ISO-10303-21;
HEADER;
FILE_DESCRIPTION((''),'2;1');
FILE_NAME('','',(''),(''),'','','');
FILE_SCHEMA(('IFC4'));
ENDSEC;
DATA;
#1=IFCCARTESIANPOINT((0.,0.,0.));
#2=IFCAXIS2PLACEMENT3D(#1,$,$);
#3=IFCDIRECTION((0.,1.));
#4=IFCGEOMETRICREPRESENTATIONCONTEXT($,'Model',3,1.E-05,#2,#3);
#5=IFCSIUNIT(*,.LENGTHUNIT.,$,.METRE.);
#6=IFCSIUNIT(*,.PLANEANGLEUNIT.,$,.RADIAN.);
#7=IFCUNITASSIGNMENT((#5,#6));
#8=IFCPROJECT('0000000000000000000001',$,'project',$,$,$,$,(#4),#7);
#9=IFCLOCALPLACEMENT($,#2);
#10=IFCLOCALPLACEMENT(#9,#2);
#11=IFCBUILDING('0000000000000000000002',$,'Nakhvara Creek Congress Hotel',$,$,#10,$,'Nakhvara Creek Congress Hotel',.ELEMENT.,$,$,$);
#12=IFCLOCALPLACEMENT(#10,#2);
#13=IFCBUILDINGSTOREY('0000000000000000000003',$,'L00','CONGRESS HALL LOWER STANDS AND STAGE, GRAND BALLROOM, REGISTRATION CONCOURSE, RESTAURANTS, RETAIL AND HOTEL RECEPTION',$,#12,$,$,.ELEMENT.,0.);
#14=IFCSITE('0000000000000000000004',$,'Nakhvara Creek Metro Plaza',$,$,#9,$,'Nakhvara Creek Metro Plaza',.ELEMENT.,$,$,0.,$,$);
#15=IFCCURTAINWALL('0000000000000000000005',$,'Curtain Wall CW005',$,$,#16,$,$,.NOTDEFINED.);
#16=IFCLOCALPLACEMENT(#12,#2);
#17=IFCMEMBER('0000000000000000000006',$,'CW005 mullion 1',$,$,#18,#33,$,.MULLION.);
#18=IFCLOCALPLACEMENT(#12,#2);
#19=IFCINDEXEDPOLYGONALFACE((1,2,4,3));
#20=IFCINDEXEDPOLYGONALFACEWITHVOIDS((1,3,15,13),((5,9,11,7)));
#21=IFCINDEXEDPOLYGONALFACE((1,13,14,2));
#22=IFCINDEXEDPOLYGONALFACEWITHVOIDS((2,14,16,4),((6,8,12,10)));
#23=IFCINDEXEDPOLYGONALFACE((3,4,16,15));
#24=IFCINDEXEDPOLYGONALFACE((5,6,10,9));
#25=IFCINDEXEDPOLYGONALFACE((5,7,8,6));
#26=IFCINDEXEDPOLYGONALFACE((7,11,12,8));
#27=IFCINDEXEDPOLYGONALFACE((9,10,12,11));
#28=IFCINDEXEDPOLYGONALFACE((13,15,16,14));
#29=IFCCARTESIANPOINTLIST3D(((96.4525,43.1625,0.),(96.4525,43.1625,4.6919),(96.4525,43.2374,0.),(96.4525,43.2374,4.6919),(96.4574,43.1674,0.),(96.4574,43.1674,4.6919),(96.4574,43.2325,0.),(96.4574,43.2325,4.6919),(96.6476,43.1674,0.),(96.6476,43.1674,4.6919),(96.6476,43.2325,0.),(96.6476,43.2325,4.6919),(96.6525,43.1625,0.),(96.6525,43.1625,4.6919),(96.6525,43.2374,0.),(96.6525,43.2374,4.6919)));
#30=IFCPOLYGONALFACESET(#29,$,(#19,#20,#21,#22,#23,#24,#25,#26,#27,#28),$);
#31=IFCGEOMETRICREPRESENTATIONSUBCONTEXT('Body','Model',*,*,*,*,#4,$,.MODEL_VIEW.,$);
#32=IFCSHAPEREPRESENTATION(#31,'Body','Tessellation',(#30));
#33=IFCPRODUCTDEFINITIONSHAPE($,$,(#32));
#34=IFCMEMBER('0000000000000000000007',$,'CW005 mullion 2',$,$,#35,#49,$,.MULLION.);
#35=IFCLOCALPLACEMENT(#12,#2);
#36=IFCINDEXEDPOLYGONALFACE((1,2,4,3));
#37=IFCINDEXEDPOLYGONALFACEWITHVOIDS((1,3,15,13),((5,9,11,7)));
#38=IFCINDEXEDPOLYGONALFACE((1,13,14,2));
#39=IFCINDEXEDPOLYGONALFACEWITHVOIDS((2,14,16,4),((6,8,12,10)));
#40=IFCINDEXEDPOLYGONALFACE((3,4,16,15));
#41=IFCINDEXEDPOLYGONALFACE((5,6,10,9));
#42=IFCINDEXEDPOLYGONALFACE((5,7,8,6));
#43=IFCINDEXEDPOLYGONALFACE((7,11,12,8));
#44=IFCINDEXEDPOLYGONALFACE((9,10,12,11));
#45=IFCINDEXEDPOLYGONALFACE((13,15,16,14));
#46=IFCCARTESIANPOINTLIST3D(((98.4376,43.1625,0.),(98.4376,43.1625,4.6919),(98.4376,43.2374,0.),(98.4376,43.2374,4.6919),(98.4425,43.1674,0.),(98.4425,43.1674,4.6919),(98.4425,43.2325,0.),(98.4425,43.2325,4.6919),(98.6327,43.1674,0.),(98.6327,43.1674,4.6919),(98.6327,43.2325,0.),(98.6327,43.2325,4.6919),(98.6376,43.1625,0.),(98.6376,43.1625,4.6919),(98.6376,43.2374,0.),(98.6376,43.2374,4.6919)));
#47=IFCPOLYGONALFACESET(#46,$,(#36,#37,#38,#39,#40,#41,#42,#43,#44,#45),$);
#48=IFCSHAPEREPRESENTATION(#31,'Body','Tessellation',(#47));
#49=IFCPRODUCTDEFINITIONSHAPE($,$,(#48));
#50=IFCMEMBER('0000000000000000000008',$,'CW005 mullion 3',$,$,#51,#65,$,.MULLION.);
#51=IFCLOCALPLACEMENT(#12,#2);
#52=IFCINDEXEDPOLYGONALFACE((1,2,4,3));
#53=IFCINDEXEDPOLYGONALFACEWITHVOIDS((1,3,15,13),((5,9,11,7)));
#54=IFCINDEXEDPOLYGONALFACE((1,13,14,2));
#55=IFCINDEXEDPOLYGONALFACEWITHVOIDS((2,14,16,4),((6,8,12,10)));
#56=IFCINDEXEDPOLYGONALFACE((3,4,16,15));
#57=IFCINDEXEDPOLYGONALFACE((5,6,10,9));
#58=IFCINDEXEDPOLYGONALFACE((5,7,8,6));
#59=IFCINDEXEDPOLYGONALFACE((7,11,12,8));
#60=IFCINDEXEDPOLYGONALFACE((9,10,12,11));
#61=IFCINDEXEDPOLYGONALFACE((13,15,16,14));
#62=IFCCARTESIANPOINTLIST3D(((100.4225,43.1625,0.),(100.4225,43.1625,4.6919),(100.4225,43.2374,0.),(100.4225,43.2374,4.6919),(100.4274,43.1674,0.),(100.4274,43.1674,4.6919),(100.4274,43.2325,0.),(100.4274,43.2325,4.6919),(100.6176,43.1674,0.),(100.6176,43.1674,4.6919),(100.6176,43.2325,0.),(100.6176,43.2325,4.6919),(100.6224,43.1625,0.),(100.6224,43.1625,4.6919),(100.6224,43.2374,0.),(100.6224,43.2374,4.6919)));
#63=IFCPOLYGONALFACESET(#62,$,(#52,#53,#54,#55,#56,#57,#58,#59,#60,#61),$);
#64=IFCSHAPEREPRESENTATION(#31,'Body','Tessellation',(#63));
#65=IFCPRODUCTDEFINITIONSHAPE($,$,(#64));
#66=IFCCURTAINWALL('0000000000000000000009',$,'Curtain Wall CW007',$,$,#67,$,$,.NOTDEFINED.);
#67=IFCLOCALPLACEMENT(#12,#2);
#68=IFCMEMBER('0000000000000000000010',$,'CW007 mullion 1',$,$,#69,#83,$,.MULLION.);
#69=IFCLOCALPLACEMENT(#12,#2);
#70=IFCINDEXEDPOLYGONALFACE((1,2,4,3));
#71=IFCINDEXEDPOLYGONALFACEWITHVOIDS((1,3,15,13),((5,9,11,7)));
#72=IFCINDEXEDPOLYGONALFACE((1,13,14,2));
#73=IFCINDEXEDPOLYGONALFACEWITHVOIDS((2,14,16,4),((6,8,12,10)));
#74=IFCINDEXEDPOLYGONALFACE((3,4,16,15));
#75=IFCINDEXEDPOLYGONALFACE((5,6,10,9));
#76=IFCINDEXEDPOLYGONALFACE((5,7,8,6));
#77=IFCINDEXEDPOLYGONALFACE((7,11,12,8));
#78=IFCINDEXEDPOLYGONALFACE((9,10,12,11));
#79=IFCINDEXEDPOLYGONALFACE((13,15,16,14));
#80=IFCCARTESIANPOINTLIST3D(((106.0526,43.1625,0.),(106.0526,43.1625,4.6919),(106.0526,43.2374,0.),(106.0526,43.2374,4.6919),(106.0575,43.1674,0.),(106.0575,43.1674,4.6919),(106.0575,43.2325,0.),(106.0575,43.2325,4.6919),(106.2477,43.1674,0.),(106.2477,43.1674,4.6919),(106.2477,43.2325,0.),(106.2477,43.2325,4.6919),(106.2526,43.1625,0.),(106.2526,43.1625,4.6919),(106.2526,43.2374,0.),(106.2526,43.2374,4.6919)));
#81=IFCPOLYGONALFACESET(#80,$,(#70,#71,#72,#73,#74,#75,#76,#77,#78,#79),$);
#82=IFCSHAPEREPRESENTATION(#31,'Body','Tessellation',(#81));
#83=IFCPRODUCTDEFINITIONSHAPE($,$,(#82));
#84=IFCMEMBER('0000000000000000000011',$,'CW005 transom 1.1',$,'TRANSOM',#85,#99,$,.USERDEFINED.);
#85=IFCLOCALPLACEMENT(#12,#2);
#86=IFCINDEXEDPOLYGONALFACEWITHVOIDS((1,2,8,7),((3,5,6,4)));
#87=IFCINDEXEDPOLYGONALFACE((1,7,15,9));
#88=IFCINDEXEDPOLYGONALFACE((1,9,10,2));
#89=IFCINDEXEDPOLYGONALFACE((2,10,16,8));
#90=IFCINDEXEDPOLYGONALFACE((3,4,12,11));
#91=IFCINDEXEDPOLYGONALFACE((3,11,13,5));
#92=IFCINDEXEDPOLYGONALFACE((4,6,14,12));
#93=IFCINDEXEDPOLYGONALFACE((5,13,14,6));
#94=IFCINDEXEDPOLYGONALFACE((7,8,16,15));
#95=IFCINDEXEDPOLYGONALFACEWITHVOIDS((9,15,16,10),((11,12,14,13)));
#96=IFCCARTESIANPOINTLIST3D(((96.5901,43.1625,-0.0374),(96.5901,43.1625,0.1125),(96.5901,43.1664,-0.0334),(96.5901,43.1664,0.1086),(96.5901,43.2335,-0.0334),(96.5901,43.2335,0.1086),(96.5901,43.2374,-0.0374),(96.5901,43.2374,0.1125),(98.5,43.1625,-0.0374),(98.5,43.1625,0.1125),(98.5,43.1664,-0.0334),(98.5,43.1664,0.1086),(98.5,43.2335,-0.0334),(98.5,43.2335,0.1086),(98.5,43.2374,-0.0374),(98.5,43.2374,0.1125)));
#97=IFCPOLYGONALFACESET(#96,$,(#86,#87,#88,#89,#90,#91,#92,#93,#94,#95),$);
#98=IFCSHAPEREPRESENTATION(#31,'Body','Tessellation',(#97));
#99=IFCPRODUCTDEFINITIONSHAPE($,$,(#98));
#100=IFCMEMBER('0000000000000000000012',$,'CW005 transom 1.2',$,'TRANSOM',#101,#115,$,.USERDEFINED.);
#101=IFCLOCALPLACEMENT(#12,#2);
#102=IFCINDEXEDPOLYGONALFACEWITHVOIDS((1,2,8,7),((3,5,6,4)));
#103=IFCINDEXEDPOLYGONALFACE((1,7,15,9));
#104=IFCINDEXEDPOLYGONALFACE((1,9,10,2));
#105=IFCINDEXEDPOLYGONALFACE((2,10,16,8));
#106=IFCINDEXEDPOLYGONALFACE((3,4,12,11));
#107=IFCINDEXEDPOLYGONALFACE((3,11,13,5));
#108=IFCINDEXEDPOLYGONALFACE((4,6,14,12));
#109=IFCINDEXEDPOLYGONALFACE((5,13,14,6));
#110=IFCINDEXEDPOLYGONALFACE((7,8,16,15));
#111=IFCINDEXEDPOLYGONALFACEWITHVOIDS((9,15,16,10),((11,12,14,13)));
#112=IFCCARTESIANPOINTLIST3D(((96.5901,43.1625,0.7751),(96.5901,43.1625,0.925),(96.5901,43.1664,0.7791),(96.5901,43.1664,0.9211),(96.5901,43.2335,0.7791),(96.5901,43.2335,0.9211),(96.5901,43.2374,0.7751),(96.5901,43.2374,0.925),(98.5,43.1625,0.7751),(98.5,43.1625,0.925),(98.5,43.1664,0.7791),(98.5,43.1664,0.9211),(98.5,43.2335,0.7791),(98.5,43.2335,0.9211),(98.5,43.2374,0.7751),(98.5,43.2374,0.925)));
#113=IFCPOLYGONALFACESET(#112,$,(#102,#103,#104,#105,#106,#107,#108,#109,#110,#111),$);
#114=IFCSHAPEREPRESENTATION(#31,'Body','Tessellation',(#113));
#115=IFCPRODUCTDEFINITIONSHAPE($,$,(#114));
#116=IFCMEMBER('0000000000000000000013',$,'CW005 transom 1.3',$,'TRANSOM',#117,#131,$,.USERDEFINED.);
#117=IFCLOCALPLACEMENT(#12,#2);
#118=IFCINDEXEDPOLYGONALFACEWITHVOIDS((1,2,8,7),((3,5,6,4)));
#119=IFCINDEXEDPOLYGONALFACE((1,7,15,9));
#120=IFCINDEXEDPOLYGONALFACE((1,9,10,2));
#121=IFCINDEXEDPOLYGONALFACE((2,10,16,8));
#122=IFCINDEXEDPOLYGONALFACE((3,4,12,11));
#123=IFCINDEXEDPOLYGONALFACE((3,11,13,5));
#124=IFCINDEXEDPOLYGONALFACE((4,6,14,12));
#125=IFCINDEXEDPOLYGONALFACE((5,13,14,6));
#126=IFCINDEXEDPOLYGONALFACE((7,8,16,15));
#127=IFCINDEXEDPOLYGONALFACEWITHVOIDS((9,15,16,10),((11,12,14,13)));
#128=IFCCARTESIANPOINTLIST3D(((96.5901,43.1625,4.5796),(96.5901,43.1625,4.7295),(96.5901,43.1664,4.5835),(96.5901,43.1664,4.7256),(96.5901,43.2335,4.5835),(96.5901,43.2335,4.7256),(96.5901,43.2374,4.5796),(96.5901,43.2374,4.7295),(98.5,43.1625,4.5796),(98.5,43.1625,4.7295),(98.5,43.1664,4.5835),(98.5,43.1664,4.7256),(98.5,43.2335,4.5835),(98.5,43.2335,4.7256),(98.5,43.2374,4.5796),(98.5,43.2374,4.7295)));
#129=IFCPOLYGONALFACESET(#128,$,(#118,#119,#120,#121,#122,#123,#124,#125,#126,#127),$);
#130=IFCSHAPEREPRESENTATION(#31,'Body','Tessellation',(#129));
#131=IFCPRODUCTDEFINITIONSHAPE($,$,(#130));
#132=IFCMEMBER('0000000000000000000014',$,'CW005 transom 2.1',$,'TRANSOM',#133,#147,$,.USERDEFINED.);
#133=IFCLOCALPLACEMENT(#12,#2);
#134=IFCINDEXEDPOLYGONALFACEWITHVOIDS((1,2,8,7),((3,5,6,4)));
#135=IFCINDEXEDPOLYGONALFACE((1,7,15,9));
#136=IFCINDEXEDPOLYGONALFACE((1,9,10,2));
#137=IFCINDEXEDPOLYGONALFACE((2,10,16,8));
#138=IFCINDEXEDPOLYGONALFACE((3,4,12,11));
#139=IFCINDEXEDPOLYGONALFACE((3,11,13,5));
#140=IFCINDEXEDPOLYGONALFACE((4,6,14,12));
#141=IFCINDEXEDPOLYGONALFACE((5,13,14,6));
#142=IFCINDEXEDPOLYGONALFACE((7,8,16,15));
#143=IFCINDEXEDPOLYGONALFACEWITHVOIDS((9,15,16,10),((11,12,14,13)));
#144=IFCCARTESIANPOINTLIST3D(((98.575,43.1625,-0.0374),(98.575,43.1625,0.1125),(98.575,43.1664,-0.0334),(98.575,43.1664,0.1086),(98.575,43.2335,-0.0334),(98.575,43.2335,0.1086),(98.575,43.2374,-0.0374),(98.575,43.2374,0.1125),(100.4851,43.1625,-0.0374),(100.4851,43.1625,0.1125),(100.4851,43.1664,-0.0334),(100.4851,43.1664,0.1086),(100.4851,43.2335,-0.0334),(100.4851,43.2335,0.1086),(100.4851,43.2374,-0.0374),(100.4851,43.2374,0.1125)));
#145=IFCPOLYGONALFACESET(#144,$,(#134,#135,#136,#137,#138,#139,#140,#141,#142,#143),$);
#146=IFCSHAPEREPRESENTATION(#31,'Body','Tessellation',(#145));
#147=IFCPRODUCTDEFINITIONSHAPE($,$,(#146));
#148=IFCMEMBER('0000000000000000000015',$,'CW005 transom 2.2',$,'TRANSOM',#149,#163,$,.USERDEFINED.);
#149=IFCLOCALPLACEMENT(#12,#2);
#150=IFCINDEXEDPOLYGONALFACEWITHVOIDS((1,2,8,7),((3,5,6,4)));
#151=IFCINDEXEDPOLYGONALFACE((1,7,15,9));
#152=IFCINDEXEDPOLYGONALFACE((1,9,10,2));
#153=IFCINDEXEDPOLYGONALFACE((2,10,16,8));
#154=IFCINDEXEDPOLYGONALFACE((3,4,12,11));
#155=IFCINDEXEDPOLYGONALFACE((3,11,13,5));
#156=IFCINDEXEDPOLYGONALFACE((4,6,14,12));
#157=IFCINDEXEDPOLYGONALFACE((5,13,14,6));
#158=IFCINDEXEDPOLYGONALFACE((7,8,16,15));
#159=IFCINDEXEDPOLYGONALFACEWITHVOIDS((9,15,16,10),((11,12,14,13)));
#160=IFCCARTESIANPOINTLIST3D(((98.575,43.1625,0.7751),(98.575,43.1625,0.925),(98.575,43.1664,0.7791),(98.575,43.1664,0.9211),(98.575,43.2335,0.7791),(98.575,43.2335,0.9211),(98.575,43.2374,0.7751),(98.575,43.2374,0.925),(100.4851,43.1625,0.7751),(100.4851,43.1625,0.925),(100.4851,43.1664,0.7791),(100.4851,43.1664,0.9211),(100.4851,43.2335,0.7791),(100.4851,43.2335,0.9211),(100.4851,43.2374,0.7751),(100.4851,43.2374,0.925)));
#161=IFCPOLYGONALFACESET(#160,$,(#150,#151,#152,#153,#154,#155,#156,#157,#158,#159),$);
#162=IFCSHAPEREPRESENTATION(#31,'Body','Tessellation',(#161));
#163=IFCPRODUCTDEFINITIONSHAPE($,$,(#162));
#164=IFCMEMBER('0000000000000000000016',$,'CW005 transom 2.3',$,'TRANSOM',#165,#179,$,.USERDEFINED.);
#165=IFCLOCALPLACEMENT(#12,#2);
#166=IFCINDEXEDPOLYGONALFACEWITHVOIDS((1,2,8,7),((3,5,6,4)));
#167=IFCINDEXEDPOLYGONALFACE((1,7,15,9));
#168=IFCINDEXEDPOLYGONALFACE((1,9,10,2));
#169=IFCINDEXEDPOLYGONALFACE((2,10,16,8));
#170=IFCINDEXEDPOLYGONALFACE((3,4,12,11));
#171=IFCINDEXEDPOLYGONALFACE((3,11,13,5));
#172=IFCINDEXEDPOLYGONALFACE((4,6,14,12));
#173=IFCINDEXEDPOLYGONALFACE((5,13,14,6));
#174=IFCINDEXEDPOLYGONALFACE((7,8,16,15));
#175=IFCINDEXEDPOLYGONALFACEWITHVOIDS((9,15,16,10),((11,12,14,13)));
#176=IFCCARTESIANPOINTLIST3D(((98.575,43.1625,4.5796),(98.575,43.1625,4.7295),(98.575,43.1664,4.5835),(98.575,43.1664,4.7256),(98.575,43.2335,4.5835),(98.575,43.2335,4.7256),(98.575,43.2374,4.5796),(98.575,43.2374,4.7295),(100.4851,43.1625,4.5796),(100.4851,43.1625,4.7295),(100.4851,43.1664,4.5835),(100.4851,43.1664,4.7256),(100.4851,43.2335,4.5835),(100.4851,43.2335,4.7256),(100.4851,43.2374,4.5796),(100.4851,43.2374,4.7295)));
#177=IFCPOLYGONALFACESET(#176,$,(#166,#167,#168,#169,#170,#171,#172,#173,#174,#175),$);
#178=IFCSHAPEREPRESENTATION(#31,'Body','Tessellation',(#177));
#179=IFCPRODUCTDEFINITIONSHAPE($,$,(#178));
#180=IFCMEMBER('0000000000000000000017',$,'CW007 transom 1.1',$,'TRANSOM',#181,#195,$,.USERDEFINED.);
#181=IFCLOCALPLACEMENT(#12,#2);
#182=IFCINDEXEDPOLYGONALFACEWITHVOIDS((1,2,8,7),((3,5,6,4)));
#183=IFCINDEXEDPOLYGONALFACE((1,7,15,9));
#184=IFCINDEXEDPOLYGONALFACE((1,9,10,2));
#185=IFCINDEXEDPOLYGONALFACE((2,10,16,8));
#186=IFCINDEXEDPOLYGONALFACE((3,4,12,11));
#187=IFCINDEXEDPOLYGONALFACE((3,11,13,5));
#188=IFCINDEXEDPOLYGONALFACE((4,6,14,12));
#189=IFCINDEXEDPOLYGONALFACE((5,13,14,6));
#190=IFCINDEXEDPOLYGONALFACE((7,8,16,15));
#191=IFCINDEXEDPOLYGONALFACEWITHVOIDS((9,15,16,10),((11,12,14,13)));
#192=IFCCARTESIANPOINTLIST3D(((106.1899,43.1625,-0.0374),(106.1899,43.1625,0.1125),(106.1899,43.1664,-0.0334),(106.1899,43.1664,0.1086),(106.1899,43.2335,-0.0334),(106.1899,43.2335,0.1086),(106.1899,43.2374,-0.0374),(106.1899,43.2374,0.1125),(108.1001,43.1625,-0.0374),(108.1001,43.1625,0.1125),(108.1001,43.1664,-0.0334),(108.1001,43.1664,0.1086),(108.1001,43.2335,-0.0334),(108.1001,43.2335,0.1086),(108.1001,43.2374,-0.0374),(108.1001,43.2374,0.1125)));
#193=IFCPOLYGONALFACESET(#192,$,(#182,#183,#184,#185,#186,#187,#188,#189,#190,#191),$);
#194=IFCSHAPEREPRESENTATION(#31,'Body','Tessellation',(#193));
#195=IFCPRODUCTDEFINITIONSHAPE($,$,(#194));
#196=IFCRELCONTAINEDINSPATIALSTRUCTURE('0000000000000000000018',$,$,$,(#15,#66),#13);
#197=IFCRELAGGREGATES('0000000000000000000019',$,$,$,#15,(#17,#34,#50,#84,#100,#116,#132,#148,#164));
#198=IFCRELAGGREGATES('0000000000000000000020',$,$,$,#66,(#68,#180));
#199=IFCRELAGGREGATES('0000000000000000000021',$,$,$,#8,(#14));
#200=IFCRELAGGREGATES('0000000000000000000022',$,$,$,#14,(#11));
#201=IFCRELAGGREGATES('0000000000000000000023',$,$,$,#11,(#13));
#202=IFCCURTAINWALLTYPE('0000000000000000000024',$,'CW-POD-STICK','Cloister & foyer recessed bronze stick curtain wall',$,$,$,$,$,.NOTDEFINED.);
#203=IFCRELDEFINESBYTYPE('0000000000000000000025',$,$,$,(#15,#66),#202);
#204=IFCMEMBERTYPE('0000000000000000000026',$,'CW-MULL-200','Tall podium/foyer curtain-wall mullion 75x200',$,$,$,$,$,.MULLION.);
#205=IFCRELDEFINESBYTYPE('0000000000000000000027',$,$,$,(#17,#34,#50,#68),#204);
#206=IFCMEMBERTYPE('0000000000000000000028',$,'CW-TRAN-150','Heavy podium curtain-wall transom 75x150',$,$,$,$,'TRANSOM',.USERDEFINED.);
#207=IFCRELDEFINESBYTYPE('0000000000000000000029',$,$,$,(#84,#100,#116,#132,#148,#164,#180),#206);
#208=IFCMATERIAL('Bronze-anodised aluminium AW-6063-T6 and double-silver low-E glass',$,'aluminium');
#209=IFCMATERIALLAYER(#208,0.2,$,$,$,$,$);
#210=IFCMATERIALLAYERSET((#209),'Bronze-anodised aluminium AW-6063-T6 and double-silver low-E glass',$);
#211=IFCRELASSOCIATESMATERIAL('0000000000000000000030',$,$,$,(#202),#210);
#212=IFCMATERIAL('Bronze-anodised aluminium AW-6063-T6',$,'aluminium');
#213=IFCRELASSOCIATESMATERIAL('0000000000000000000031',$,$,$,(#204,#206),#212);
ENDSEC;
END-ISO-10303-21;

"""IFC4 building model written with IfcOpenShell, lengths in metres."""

from ifc_helpers import new_model, si_unit, direction, frame, origin, origin_2d, place, context, subcontext, project, spatial, hollow_rectangle, extrude, material, layer, layer_set, material_profile, profile_set, type_object, element, aggregate, save


model = new_model("IFC4")

# Units and contexts
model_context = context("Model", 3, precision=1e-05, world=origin(), true_north=direction((0.0, 1.0)))
body_context = subcontext(model_context, "Body", "Model", "MODEL_VIEW")
ifc_project = project(units=[si_unit("LENGTHUNIT", "METRE"), si_unit("PLANEANGLEUNIT", "RADIAN")], contexts=[model_context])

# Site, building, storey
site_placement = place(None, origin())
site = spatial("IfcSite", under=ifc_project, at=site_placement, Name="Nakhvara Creek Metro Plaza", LongName="Nakhvara Creek Metro Plaza", CompositionType="ELEMENT", RefElevation=0.0)
building_placement = place(site_placement, origin())
building = spatial("IfcBuilding", under=site, at=building_placement, Name="Nakhvara Creek Congress Hotel", LongName="Nakhvara Creek Congress Hotel", CompositionType="ELEMENT")
storey_placement = place(building_placement, origin())
storey = spatial("IfcBuildingStorey", under=building, at=storey_placement, Name="L00", Description="CONGRESS HALL LOWER STANDS AND STAGE, GRAND BALLROOM, REGISTRATION CONCOURSE, RESTAURANTS, RETAIL AND HOTEL RECEPTION", CompositionType="ELEMENT", Elevation=0.0)

# Curtain wall, members
ifc_material_1 = material(Name="Bronze-anodised aluminium AW-6063-T6 and double-silver low-E glass", Category="aluminium")
ifc_layer_1 = layer(ifc_material_1, 0.2)
ifc_layer_set_1 = layer_set([ifc_layer_1], Name="Bronze-anodised aluminium AW-6063-T6 and double-silver low-E glass")
curtain_wall_type = type_object("IfcCurtainWallType", Name="CW-POD-STICK", Description="Cloister & foyer recessed bronze stick curtain wall", PredefinedType="NOTDEFINED", material=ifc_layer_set_1)
curtain_wall_1_placement = place(storey_placement, origin())
curtain_wall_1 = element("IfcCurtainWall", 1, at=curtain_wall_1_placement, inside=storey, type_object=curtain_wall_type, Name="Curtain Wall CW005", PredefinedType="NOTDEFINED")
ifc_material_2 = material(Name="Bronze-anodised aluminium AW-6063-T6", Category="aluminium")
ifc_material_profile_1 = material_profile(ifc_material_2, hollow_rectangle(XDim=0.075, YDim=0.2, WallThickness=0.0049, at=origin_2d()), Name="ALU-MULL 75x200x5", Category="LoadBearing")
ifc_profile_set_1 = profile_set([ifc_material_profile_1], Name="Bronze-anodised aluminium AW-6063-T6")
member_type_1 = type_object("IfcMemberType", Name="CW-MULL-200", Description="Tall podium/foyer curtain-wall mullion 75x200", PredefinedType="MULLION", material=ifc_profile_set_1)
member_1_placement = place(storey_placement, frame((96.5525, 43.2, 0.0), z_axis=(0.0, 0.0, 1.0), x_axis=(0.0, 1.0, 0.0)))
member_1 = element("IfcMember", 2, at=member_1_placement, type_object=member_type_1, Name="CW005 mullion 1", PredefinedType="MULLION", context=body_context, shape_type="SweptSolid", body=[
    extrude(hollow_rectangle(XDim=0.075, YDim=0.2, WallThickness=0.0049, at=origin_2d()), origin(), (0.0, 0.0, 1.0), 4.6919),
])
member_2_placement = place(storey_placement, frame((98.5376, 43.2, 0.0), z_axis=(0.0, 0.0, 1.0), x_axis=(0.0, 1.0, 0.0)))
member_2 = element("IfcMember", 3, at=member_2_placement, type_object=member_type_1, Name="CW005 mullion 2", PredefinedType="MULLION", context=body_context, shape_type="SweptSolid", body=[
    extrude(hollow_rectangle(XDim=0.075, YDim=0.2, WallThickness=0.0049, at=origin_2d()), origin(), (0.0, 0.0, 1.0), 4.6919),
])
member_3_placement = place(storey_placement, frame((100.5225, 43.2, 0.0), z_axis=(0.0, 0.0, 1.0), x_axis=(0.0, 1.0, 0.0)))
member_3 = element("IfcMember", 4, at=member_3_placement, type_object=member_type_1, Name="CW005 mullion 3", PredefinedType="MULLION", context=body_context, shape_type="SweptSolid", body=[
    extrude(hollow_rectangle(XDim=0.075, YDim=0.2, WallThickness=0.0049, at=origin_2d()), origin(), (0.0, 0.0, 1.0), 4.6919),
])

# Curtain wall, member
curtain_wall_2_placement = place(storey_placement, origin())
curtain_wall_2 = element("IfcCurtainWall", 5, at=curtain_wall_2_placement, inside=storey, type_object=curtain_wall_type, Name="Curtain Wall CW007", PredefinedType="NOTDEFINED")
member_4_placement = place(storey_placement, frame((106.1526, 43.2, 0.0), z_axis=(0.0, 0.0, 1.0), x_axis=(0.0, 1.0, 0.0)))
member_4 = element("IfcMember", 6, at=member_4_placement, type_object=member_type_1, Name="CW007 mullion 1", PredefinedType="MULLION", context=body_context, shape_type="SweptSolid", body=[
    extrude(hollow_rectangle(XDim=0.075, YDim=0.2, WallThickness=0.0049, at=origin_2d()), origin(), (0.0, 0.0, 1.0), 4.6919),
])

# Members
ifc_material_profile_2 = material_profile(ifc_material_2, hollow_rectangle(XDim=0.075, YDim=0.1499, WallThickness=0.0039, at=origin_2d()), Name="ALU-TRAN 75x150x4", Category="LoadBearing")
ifc_profile_set_2 = profile_set([ifc_material_profile_2], Name="Bronze-anodised aluminium AW-6063-T6")
member_type_2 = type_object("IfcMemberType", Name="CW-TRAN-150", Description="Heavy podium curtain-wall transom 75x150", ElementType="TRANSOM", PredefinedType="USERDEFINED", material=ifc_profile_set_2)
member_5_placement = place(storey_placement, frame((96.5901, 43.2, 0.0376), z_axis=(1.0, 0.0, 0.0), x_axis=(0.0, 1.0, 0.0)))
member_5 = element("IfcMember", 7, at=member_5_placement, type_object=member_type_2, Name="CW005 transom 1.1", ObjectType="TRANSOM", PredefinedType="USERDEFINED", context=body_context, shape_type="SweptSolid", body=[
    extrude(hollow_rectangle(XDim=0.075, YDim=0.1499, WallThickness=0.0039, at=origin_2d()), origin(), (0.0, 0.0, 1.0), 1.9099),
])
member_6_placement = place(storey_placement, frame((96.5901, 43.2, 0.8501), z_axis=(1.0, 0.0, 0.0), x_axis=(0.0, 1.0, 0.0)))
member_6 = element("IfcMember", 8, at=member_6_placement, type_object=member_type_2, Name="CW005 transom 1.2", ObjectType="TRANSOM", PredefinedType="USERDEFINED", context=body_context, shape_type="SweptSolid", body=[
    extrude(hollow_rectangle(XDim=0.075, YDim=0.1499, WallThickness=0.0039, at=origin_2d()), origin(), (0.0, 0.0, 1.0), 1.9099),
])
member_7_placement = place(storey_placement, frame((96.5901, 43.2, 4.6545), z_axis=(1.0, 0.0, 0.0), x_axis=(0.0, 1.0, 0.0)))
member_7 = element("IfcMember", 9, at=member_7_placement, type_object=member_type_2, Name="CW005 transom 1.3", ObjectType="TRANSOM", PredefinedType="USERDEFINED", context=body_context, shape_type="SweptSolid", body=[
    extrude(hollow_rectangle(XDim=0.075, YDim=0.1499, WallThickness=0.0039, at=origin_2d()), origin(), (0.0, 0.0, 1.0), 1.9099),
])
member_8_placement = place(storey_placement, frame((98.575, 43.2, 0.0376), z_axis=(1.0, 0.0, 0.0), x_axis=(0.0, 1.0, 0.0)))
member_8 = element("IfcMember", 10, at=member_8_placement, type_object=member_type_2, Name="CW005 transom 2.1", ObjectType="TRANSOM", PredefinedType="USERDEFINED", context=body_context, shape_type="SweptSolid", body=[
    extrude(hollow_rectangle(XDim=0.075, YDim=0.1499, WallThickness=0.0039, at=origin_2d()), origin(), (0.0, 0.0, 1.0), 1.9102),
])
member_9_placement = place(storey_placement, frame((98.575, 43.2, 0.8501), z_axis=(1.0, 0.0, 0.0), x_axis=(0.0, 1.0, 0.0)))
member_9 = element("IfcMember", 11, at=member_9_placement, type_object=member_type_2, Name="CW005 transom 2.2", ObjectType="TRANSOM", PredefinedType="USERDEFINED", context=body_context, shape_type="SweptSolid", body=[
    extrude(hollow_rectangle(XDim=0.075, YDim=0.1499, WallThickness=0.0039, at=origin_2d()), origin(), (0.0, 0.0, 1.0), 1.9102),
])
member_10_placement = place(storey_placement, frame((98.575, 43.2, 4.6545), z_axis=(1.0, 0.0, 0.0), x_axis=(0.0, 1.0, 0.0)))
member_10 = element("IfcMember", 12, at=member_10_placement, type_object=member_type_2, Name="CW005 transom 2.3", ObjectType="TRANSOM", PredefinedType="USERDEFINED", context=body_context, shape_type="SweptSolid", body=[
    extrude(hollow_rectangle(XDim=0.075, YDim=0.1499, WallThickness=0.0039, at=origin_2d()), origin(), (0.0, 0.0, 1.0), 1.9102),
])
member_11_placement = place(storey_placement, frame((106.1899, 43.2, 0.0376), z_axis=(1.0, 0.0, 0.0), x_axis=(0.0, 1.0, 0.0)))
member_11 = element("IfcMember", 13, at=member_11_placement, type_object=member_type_2, Name="CW007 transom 1.1", ObjectType="TRANSOM", PredefinedType="USERDEFINED", context=body_context, shape_type="SweptSolid", body=[
    extrude(hollow_rectangle(XDim=0.075, YDim=0.1499, WallThickness=0.0039, at=origin_2d()), origin(), (0.0, 0.0, 1.0), 1.9102),
])

aggregate(curtain_wall_1, [member_1, member_2, member_3, member_5, member_6, member_7, member_8, member_9, member_10])
aggregate(curtain_wall_2, [member_4, member_11])

save(model, "model.ifc")
